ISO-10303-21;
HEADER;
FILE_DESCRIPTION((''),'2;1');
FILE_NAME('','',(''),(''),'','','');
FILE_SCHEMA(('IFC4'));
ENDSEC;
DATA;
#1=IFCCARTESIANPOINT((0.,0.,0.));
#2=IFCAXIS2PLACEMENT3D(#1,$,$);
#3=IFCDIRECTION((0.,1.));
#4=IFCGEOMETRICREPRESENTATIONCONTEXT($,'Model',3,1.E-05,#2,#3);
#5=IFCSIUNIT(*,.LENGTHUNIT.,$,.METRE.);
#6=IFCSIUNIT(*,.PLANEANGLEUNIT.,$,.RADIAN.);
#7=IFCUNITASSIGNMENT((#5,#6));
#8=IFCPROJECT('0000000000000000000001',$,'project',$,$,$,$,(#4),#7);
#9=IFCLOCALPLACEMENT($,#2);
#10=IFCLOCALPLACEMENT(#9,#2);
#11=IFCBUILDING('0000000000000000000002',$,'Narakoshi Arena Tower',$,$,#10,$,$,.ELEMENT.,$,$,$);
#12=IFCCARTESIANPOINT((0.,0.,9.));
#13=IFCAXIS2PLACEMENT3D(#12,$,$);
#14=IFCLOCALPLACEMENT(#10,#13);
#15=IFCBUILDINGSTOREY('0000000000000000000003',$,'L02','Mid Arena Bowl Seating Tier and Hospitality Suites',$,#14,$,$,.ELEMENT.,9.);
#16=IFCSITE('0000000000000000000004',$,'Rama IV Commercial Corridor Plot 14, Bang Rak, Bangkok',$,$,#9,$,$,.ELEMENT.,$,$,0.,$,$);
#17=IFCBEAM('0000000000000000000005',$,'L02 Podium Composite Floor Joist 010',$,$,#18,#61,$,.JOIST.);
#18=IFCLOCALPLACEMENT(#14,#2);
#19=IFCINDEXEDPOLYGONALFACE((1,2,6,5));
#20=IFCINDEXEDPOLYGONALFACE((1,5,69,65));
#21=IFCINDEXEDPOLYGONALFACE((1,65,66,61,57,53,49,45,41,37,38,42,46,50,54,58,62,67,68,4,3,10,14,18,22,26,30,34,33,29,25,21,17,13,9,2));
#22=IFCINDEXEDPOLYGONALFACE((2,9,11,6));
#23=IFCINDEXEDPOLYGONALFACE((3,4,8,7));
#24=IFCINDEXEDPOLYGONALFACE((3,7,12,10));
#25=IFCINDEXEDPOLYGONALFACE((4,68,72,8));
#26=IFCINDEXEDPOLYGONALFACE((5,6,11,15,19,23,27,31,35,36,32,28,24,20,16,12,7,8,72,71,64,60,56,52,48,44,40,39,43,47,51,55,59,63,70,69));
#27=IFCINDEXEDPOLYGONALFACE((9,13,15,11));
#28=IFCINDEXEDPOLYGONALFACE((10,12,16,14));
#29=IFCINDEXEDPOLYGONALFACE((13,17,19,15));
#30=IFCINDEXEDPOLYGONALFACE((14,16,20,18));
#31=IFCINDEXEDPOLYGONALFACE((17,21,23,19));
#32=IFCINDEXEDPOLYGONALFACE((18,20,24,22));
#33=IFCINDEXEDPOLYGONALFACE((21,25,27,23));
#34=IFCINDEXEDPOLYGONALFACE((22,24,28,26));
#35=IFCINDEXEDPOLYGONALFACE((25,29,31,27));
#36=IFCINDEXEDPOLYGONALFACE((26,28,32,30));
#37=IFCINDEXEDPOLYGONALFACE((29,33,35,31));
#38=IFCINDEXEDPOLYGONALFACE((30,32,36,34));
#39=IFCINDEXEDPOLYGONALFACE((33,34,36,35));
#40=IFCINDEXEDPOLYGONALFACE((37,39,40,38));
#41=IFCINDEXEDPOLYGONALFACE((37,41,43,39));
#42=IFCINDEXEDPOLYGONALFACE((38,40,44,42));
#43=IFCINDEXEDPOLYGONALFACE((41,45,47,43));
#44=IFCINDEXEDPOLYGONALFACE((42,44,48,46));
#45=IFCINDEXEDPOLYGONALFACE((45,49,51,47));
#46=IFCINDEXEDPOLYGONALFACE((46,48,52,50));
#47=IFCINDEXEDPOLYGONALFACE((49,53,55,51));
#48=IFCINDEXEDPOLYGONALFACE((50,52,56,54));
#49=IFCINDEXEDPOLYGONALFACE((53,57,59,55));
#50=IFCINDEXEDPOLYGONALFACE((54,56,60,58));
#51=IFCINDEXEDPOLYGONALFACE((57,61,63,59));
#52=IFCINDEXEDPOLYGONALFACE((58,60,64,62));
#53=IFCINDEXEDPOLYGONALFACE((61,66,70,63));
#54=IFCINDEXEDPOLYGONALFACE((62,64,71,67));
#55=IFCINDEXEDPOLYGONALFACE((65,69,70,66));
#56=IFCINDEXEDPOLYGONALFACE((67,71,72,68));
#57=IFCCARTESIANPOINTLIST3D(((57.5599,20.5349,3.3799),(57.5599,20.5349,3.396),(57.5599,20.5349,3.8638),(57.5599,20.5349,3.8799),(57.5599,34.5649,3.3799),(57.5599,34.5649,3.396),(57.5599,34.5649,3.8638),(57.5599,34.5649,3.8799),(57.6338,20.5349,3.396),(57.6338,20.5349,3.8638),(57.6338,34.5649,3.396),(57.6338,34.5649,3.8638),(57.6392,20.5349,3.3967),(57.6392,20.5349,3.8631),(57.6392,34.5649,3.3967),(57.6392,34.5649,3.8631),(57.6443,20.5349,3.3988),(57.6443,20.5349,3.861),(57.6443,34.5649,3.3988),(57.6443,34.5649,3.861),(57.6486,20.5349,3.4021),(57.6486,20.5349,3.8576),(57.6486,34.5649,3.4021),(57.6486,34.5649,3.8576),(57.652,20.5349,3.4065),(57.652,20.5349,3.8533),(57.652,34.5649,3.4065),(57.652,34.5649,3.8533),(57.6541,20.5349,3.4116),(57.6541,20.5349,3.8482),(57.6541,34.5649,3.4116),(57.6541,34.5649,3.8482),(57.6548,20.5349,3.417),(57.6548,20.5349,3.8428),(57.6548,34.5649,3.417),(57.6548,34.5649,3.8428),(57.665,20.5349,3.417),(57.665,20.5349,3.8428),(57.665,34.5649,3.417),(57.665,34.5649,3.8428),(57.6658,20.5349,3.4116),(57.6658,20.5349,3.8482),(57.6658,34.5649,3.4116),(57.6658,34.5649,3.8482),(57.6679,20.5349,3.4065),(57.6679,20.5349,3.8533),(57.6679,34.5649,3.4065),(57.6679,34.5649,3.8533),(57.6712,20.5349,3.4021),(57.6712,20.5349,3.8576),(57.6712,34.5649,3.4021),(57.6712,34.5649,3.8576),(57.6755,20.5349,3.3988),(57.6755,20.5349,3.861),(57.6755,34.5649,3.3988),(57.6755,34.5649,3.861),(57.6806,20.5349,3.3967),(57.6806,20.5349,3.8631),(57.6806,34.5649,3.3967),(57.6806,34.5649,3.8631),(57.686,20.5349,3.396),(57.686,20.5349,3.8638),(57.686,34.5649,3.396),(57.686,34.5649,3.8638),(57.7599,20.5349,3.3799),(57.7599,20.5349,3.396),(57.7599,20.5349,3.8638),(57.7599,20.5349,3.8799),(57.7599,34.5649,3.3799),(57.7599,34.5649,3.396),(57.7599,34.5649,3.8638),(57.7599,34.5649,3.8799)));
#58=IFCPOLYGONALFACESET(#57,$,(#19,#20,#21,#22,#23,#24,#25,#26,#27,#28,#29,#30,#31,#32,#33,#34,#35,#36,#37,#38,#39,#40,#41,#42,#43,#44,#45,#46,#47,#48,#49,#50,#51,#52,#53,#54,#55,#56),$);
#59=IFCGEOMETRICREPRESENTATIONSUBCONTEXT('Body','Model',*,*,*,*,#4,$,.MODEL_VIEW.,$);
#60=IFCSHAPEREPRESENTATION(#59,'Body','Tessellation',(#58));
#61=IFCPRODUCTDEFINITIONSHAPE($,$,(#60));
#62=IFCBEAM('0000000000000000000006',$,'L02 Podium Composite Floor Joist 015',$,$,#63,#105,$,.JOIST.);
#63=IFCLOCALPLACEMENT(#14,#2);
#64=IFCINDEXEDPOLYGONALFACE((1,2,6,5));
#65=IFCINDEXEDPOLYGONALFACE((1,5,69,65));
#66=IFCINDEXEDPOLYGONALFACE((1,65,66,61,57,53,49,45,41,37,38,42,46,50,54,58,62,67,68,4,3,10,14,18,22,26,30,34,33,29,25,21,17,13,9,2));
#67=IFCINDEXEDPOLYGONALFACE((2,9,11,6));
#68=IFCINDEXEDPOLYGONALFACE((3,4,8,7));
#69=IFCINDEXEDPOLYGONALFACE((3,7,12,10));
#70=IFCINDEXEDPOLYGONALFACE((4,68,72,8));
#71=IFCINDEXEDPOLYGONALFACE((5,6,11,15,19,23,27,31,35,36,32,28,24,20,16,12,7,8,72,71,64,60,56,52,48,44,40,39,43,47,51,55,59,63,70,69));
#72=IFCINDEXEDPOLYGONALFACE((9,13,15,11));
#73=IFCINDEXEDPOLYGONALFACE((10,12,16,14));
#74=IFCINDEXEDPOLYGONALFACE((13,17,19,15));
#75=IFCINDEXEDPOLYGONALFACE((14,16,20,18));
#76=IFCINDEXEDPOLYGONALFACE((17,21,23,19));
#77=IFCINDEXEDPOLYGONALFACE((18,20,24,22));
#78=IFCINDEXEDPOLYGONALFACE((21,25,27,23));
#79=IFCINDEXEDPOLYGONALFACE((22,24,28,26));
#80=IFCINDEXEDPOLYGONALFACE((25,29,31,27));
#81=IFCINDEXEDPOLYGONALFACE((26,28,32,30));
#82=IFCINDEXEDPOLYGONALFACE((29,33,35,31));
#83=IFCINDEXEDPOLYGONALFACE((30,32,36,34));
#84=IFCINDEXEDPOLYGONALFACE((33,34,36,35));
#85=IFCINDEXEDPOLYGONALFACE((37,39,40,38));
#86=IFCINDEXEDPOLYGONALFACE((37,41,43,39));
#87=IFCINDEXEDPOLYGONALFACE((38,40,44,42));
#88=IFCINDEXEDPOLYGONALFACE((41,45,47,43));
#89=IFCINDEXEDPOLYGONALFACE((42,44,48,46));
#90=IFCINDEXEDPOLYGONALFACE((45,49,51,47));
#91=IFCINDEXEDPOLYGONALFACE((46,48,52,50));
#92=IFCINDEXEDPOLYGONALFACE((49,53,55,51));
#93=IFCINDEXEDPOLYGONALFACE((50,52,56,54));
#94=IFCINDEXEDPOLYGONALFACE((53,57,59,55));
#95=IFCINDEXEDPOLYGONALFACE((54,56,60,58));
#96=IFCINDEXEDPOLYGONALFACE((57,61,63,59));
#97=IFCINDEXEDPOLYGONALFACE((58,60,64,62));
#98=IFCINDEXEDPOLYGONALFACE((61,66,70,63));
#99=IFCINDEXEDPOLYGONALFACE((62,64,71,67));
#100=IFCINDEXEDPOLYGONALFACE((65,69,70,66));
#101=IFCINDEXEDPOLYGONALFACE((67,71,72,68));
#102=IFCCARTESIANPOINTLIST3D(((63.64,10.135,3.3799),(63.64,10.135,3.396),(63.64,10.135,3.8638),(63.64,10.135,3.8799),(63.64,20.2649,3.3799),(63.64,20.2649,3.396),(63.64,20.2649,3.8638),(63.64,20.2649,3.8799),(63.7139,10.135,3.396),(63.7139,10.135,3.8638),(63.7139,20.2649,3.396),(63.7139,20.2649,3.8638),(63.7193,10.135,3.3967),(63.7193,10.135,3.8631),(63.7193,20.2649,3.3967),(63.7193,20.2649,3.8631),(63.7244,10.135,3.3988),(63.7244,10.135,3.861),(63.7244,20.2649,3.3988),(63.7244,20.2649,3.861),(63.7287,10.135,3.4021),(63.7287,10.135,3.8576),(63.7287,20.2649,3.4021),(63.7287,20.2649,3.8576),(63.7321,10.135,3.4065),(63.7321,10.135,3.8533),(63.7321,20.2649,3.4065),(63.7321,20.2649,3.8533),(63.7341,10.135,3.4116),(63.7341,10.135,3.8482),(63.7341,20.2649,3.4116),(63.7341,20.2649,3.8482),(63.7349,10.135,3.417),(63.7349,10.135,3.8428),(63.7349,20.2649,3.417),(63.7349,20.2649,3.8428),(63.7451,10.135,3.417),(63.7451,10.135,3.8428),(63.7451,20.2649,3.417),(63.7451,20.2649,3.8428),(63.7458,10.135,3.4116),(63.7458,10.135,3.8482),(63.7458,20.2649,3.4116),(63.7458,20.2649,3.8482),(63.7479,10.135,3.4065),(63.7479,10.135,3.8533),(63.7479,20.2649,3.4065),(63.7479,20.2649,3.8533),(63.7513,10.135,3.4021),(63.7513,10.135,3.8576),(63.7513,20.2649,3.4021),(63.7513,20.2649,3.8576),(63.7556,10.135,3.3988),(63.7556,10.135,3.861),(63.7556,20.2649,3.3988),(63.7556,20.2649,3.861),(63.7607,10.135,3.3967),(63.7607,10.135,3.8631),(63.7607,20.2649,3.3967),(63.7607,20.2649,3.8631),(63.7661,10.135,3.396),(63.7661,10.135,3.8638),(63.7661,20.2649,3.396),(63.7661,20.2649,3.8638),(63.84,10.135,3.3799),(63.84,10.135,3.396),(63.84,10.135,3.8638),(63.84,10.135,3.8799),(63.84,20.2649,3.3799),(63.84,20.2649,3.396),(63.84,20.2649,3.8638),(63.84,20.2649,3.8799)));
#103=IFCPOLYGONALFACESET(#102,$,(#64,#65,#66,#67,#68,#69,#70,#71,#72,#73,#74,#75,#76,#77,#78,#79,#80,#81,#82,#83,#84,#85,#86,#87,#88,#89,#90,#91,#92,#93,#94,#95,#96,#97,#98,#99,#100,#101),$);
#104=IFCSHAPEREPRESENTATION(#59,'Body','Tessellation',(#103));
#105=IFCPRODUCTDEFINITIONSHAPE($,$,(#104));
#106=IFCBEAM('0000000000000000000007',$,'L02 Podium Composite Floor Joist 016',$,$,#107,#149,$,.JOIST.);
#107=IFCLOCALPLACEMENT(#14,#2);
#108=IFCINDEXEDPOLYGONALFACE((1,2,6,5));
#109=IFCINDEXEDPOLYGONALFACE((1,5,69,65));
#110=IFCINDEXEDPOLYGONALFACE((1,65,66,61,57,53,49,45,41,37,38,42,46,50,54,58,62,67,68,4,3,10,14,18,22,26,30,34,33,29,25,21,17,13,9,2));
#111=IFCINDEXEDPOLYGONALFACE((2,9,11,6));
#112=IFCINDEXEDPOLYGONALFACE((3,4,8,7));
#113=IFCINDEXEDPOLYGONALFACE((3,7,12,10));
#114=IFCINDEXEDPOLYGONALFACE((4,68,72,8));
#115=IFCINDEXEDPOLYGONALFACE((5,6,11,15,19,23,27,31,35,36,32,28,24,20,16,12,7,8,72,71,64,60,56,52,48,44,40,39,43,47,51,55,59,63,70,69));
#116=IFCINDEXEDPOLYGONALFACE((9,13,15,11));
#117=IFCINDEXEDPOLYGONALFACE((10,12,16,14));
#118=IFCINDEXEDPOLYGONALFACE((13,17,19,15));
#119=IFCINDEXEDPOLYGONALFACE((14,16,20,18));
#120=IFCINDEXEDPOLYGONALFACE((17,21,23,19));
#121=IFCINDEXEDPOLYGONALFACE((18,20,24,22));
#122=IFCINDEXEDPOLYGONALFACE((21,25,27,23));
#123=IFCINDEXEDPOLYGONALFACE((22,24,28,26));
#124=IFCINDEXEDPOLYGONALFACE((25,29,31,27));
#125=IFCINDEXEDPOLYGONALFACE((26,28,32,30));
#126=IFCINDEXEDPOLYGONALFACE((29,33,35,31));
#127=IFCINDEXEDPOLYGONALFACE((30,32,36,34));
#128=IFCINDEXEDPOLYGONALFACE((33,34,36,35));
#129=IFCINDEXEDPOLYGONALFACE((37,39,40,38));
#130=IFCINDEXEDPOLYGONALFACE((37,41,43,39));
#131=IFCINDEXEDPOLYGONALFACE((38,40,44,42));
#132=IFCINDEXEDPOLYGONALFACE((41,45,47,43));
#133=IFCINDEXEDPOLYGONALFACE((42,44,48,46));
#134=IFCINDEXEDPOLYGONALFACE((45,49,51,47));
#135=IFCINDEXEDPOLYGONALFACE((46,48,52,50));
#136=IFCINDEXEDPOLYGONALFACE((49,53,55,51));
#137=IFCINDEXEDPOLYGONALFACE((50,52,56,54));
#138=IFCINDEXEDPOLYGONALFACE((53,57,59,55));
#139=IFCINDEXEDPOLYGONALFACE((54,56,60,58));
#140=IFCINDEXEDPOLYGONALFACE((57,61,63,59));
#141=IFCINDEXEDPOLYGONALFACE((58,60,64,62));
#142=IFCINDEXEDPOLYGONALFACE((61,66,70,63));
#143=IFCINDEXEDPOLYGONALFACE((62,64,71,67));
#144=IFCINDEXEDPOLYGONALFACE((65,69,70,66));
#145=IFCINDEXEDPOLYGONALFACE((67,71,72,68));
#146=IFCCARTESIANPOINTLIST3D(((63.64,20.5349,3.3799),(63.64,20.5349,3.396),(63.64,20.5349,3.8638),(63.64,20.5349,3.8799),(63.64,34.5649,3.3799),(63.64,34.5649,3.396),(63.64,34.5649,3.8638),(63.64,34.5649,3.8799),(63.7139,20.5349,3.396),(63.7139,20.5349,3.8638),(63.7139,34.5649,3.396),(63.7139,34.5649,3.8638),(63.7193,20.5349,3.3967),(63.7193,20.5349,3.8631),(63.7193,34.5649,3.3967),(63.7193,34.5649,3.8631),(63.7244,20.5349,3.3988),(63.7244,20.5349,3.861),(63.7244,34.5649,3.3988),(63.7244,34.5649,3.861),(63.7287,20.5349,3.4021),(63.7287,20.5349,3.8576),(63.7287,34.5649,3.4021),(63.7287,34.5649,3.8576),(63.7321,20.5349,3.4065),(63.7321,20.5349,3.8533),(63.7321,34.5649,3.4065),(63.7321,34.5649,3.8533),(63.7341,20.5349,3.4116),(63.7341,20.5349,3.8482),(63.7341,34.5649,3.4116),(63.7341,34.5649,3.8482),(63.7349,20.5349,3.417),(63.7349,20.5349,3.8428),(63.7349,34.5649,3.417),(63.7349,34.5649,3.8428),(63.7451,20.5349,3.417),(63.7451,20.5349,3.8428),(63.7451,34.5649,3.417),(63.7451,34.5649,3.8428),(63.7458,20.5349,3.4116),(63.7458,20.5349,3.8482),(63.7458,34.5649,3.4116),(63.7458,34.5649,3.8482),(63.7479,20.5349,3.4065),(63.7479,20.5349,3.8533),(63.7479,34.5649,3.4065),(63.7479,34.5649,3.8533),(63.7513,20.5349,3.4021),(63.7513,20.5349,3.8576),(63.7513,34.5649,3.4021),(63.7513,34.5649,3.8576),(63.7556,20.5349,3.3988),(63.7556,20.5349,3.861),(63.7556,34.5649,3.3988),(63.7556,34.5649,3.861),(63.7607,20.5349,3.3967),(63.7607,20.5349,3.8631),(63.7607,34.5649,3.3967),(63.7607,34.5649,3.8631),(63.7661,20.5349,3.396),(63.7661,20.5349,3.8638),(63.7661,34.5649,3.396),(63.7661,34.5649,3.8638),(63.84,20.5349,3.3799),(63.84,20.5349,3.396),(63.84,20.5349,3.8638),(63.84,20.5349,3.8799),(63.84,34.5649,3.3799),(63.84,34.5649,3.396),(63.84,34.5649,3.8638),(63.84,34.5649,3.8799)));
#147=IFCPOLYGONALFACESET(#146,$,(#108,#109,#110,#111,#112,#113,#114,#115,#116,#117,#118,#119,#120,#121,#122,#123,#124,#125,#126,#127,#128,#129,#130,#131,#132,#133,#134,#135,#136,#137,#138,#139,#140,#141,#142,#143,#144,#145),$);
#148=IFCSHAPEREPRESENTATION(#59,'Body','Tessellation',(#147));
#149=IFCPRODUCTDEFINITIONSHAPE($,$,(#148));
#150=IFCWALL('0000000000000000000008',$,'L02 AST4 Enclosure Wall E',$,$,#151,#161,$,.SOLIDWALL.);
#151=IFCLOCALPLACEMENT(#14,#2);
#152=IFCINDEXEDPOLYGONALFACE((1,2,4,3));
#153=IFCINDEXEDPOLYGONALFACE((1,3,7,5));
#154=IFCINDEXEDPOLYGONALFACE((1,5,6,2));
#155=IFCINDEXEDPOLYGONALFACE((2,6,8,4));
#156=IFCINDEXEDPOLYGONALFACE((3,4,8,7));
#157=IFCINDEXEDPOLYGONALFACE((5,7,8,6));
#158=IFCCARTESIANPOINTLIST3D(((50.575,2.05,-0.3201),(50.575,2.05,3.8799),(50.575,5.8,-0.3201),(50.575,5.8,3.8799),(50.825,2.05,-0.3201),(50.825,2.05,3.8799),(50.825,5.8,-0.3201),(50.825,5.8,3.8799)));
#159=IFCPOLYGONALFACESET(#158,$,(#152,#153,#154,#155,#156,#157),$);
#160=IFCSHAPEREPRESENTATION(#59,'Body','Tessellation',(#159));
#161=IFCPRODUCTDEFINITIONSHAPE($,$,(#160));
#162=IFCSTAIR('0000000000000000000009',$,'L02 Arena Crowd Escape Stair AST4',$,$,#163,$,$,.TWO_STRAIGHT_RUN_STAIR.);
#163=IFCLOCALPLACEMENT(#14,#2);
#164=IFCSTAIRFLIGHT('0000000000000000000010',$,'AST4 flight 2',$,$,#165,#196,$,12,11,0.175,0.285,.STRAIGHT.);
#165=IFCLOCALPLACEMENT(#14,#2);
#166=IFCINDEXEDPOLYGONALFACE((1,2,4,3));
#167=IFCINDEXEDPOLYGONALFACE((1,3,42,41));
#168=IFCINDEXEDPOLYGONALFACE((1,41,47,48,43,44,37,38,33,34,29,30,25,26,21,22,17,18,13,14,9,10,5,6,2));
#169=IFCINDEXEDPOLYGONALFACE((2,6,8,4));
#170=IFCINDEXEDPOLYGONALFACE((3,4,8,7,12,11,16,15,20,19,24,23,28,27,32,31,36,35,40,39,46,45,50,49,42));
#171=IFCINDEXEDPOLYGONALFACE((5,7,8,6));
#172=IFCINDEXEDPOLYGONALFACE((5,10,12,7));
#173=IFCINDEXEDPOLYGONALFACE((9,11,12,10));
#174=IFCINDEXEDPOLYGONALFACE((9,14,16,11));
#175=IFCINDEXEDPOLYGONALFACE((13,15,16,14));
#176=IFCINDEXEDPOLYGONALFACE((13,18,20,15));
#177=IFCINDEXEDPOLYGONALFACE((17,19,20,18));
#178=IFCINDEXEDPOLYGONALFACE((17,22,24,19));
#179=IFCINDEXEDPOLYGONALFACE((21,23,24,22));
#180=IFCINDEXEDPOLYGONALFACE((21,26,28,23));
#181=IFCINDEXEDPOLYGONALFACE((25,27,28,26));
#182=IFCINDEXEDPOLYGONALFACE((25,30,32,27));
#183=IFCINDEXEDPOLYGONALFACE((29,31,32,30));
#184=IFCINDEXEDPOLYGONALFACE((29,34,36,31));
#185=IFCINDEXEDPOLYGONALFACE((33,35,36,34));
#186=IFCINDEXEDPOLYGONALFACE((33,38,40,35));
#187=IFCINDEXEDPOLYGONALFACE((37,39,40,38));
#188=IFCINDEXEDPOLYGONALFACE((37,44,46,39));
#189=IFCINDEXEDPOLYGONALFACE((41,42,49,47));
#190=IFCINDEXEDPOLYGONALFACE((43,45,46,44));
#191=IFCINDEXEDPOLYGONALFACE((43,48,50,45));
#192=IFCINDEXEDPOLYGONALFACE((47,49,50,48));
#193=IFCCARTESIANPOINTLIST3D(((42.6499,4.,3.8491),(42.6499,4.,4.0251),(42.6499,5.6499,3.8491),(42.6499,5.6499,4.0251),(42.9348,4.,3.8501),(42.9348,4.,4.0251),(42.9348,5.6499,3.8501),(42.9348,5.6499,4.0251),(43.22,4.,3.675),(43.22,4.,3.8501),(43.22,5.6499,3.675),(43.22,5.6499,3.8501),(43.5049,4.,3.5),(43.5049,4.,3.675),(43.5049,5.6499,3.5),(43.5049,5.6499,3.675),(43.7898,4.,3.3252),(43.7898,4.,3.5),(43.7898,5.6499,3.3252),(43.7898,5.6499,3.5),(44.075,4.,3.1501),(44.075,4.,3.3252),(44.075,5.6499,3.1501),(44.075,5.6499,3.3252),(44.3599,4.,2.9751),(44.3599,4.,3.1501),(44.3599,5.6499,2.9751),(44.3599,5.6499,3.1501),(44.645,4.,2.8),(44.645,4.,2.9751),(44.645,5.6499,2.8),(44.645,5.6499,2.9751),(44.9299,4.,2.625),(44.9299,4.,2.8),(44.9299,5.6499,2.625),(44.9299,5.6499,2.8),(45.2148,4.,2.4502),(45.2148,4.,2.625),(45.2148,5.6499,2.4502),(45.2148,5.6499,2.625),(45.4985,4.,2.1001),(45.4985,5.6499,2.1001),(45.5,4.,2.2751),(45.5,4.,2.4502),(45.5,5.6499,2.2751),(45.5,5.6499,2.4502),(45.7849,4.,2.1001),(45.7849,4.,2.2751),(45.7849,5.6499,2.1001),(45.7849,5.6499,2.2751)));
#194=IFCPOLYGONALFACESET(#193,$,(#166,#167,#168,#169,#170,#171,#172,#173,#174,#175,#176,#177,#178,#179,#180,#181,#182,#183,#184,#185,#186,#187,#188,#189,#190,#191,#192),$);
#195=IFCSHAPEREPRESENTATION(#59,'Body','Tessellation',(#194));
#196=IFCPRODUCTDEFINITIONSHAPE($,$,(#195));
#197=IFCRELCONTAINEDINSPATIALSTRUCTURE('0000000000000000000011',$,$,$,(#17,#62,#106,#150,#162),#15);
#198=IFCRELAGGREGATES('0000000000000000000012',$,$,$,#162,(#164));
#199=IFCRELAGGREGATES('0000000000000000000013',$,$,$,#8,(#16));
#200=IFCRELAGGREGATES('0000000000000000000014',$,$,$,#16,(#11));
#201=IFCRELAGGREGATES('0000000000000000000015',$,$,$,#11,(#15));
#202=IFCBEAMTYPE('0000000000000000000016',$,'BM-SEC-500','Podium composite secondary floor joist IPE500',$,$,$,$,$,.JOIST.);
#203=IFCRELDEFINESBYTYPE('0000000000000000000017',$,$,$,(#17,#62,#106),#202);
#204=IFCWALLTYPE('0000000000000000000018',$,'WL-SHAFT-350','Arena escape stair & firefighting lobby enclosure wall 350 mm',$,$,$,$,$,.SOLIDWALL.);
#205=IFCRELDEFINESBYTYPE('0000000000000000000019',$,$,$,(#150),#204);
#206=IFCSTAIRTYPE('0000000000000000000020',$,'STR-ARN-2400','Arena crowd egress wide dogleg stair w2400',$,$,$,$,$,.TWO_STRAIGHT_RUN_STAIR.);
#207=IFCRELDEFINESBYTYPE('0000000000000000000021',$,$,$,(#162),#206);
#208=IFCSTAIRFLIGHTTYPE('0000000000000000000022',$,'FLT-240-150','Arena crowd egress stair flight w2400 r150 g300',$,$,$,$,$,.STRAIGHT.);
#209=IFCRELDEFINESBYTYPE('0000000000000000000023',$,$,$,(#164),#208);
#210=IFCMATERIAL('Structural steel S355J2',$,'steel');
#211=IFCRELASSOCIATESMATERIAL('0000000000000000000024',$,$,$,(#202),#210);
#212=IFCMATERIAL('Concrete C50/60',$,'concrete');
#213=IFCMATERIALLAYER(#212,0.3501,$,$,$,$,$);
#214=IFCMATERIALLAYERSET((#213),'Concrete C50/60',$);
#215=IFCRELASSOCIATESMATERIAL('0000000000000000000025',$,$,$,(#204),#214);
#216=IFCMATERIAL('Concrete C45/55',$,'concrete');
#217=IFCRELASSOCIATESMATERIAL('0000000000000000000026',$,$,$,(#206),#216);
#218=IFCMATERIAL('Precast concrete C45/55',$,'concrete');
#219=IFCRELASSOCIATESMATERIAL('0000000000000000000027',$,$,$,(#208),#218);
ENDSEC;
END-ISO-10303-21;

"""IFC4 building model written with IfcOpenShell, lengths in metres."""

from ifc_helpers import new_model, si_unit, direction, frame, frame_2d, origin, origin_2d, place, context, subcontext, project, spatial, polyline, rectangle, i_section, outline, extrude, material, layer, layer_set, material_profile, profile_set, type_object, element, aggregate, save


model = new_model("IFC4")

# Units and contexts
model_context = context("Model", 3, precision=1e-05, world=origin(), true_north=direction((0.0, 1.0)))
body_context = subcontext(model_context, "Body", "Model", "MODEL_VIEW")
ifc_project = project(units=[si_unit("LENGTHUNIT", "METRE"), si_unit("PLANEANGLEUNIT", "RADIAN")], contexts=[model_context])

# Site, building, storey
site_placement = place(None, origin())
site = spatial("IfcSite", under=ifc_project, at=site_placement, Name="Rama IV Commercial Corridor Plot 14, Bang Rak, Bangkok", CompositionType="ELEMENT", RefElevation=0.0)
building_placement = place(site_placement, origin())
building = spatial("IfcBuilding", under=site, at=building_placement, Name="Narakoshi Arena Tower", CompositionType="ELEMENT")
storey_placement = place(building_placement, frame((0.0, 0.0, 9.0)))
storey = spatial("IfcBuildingStorey", under=building, at=storey_placement, Name="L02", Description="Mid Arena Bowl Seating Tier and Hospitality Suites", CompositionType="ELEMENT", Elevation=9.0)

# Shared definitions
ifc_material_1 = material(Name="Concrete C50/60", Category="concrete")

# Beams
ifc_material_2 = material(Name="Structural steel S355J2", Category="steel")
ifc_material_profile_1 = material_profile(ifc_material_2, i_section(OverallWidth=0.2, OverallDepth=0.5, WebThickness=0.0103, FlangeThickness=0.0161, FilletRadius=0.021, at=origin_2d()), Name="IPE500")
ifc_profile_set_1 = profile_set([ifc_material_profile_1], Name="Structural steel S355J2")
beam_type_1 = type_object("IfcBeamType", Name="BM-SEC-500", Description="Podium composite secondary floor joist IPE500", PredefinedType="JOIST", material=ifc_profile_set_1)
beam_1_placement = place(storey_placement, frame((57.6599, 20.5349, 3.6299), z_axis=(0.0, 1.0, 0.0), x_axis=(-1.0, 0.0, 0.0)))
element("IfcBeam", 1, at=beam_1_placement, inside=storey, type_object=beam_type_1, Name="L02 Podium Composite Floor Joist 010", PredefinedType="JOIST", context=body_context, shape_type="SweptSolid", body=[
    extrude(i_section(OverallWidth=0.2, OverallDepth=0.5, WebThickness=0.0103, FlangeThickness=0.0161, FilletRadius=0.021, at=origin_2d()), origin(), (0.0, 0.0, 1.0), 14.03),
])
beam_2_placement = place(storey_placement, frame((63.74, 10.135, 3.6299), z_axis=(0.0, 1.0, 0.0), x_axis=(-1.0, 0.0, 0.0)))
element("IfcBeam", 2, at=beam_2_placement, inside=storey, type_object=beam_type_1, Name="L02 Podium Composite Floor Joist 015", PredefinedType="JOIST", context=body_context, shape_type="SweptSolid", body=[
    extrude(i_section(OverallWidth=0.2, OverallDepth=0.5, WebThickness=0.0103, FlangeThickness=0.0161, FilletRadius=0.021, at=origin_2d()), origin(), (0.0, 0.0, 1.0), 10.1299),
])
beam_3_placement = place(storey_placement, frame((63.74, 20.5349, 3.6299), z_axis=(0.0, 1.0, 0.0), x_axis=(-1.0, 0.0, 0.0)))
element("IfcBeam", 3, at=beam_3_placement, inside=storey, type_object=beam_type_1, Name="L02 Podium Composite Floor Joist 016", PredefinedType="JOIST", context=body_context, shape_type="SweptSolid", body=[
    extrude(i_section(OverallWidth=0.2, OverallDepth=0.5, WebThickness=0.0103, FlangeThickness=0.0161, FilletRadius=0.021, at=origin_2d()), origin(), (0.0, 0.0, 1.0), 14.03),
])

# Wall
ifc_layer = layer(ifc_material_1, 0.3501)
ifc_layer_set = layer_set([ifc_layer], Name="Concrete C50/60")
wall_type = type_object("IfcWallType", Name="WL-SHAFT-350", Description="Arena escape stair & firefighting lobby enclosure wall 350 mm", PredefinedType="SOLIDWALL", material=ifc_layer_set)
wall_placement = place(storey_placement, frame((50.7, 2.05, -0.3201), z_axis=(0.0, 0.0, 1.0), x_axis=(0.0, 1.0, 0.0)))
element("IfcWall", 4, at=wall_placement, inside=storey, type_object=wall_type, Name="L02 AST4 Enclosure Wall E", PredefinedType="SOLIDWALL", context=body_context, shape_type="SweptSolid", body=[
    extrude(rectangle(XDim=3.75, YDim=0.25, at=frame_2d((1.875, 0.0))), origin(), (0.0, 0.0, 1.0), 4.2),
])

# Stair, stair flight
ifc_material_3 = material(Name="Concrete C45/55", Category="concrete")
stair_type = type_object("IfcStairType", Name="STR-ARN-2400", Description="Arena crowd egress wide dogleg stair w2400", PredefinedType="TWO_STRAIGHT_RUN_STAIR", material=ifc_material_3)
stair_placement = place(storey_placement, origin())
stair = element("IfcStair", 5, at=stair_placement, inside=storey, type_object=stair_type, Name="L02 Arena Crowd Escape Stair AST4", PredefinedType="TWO_STRAIGHT_RUN_STAIR")
ifc_material_4 = material(Name="Precast concrete C45/55", Category="concrete")
stair_flight_type = type_object("IfcStairFlightType", Name="FLT-240-150", Description="Arena crowd egress stair flight w2400 r150 g300", PredefinedType="STRAIGHT", material=ifc_material_4)
stair_flight_placement = place(storey_placement, frame((45.7849, 4.825, 2.1001), z_axis=(0.0, 0.0, 1.0), x_axis=(-1.0, 0.0, 0.0)))
stair_flight = element("IfcStairFlight", 6, at=stair_flight_placement, type_object=stair_flight_type, Name="AST4 flight 2", NumberOfRisers=12, NumberOfTreads=11, PredefinedType="STRAIGHT", RiserHeight=0.175, TreadLength=0.285, context=body_context, shape_type="SweptSolid", body=[
    extrude(outline(polyline([(0.0, 0.0), (0.0, 0.175), (0.2849, 0.175), (0.2849, 0.3501), (0.5701, 0.3501), (0.5701, 0.5249), (0.855, 0.5249), (0.855, 0.7), (1.1399, 0.7), (1.1399, 0.875), (1.425, 0.875), (1.425, 1.05), (1.71, 1.05), (1.71, 1.2251), (1.9951, 1.2251), (1.9951, 1.3999), (2.28, 1.3999), (2.28, 1.575), (2.5649, 1.575), (2.5649, 1.75), (2.8501, 1.75), (2.8501, 1.925), (3.135, 1.925), (3.135, 2.1001), (3.135, 1.749), (0.2864, 0.0), (0.0, 0.0)])), frame((0.0, 0.825, 0.0), z_axis=(0.0, -1.0, 0.0), x_axis=(1.0, 0.0, 0.0)), (0.0, 0.0, 1.0), 1.6499),
])
aggregate(stair, [stair_flight])

save(model, "model.ifc")
